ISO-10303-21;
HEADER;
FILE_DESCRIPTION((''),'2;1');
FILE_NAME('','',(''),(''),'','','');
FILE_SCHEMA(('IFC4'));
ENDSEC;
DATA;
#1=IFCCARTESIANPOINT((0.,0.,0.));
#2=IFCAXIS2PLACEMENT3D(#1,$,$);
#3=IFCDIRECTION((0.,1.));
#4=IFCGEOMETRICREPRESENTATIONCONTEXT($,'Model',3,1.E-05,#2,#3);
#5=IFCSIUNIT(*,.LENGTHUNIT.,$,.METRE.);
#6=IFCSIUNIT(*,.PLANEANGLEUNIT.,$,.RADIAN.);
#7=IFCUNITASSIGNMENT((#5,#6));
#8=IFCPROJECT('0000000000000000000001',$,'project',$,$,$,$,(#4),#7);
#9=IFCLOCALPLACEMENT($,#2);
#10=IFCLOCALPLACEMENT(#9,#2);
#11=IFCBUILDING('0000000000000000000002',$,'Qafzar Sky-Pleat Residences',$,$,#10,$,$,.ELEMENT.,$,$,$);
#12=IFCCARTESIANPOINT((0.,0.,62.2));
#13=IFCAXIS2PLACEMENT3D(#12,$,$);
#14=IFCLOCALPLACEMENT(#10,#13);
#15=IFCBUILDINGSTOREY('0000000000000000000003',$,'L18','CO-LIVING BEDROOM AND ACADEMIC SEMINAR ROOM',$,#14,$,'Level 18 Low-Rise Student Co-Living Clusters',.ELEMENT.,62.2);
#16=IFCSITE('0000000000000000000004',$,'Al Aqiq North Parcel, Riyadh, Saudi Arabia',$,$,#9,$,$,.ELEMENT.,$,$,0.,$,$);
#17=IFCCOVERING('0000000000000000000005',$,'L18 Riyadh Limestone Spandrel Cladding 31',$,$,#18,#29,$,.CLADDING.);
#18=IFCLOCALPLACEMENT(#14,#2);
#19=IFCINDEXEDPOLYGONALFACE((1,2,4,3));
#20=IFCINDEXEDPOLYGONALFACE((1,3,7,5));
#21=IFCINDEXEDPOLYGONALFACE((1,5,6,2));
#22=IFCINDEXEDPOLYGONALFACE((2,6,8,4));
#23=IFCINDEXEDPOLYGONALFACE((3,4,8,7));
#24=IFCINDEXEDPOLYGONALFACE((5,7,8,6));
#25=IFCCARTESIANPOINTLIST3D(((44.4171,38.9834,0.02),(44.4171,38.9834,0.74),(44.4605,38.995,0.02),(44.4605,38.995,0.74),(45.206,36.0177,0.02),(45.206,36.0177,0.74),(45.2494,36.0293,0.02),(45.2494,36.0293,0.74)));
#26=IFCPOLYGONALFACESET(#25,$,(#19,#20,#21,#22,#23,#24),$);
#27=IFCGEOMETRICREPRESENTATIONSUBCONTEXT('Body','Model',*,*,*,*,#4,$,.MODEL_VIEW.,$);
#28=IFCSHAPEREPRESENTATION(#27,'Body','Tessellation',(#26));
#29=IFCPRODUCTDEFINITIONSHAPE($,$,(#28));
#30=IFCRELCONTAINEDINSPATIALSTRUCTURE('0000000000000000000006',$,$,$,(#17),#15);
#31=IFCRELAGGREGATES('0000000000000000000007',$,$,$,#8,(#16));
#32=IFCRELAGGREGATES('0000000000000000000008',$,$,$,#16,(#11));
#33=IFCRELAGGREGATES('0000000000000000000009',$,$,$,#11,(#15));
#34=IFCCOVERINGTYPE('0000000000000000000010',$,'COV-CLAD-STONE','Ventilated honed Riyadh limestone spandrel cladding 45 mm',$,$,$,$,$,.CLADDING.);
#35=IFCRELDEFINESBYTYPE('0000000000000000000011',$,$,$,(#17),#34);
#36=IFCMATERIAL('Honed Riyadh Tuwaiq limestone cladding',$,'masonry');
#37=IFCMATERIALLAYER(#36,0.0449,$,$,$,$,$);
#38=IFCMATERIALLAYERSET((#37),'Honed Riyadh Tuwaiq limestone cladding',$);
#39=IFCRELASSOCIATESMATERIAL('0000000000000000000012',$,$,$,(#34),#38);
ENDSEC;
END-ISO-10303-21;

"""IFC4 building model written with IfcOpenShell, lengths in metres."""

from ifc_helpers import new_model, si_unit, direction, frame, origin, origin_2d, place, context, subcontext, project, spatial, rectangle, extrude, source, transform, mapped, material, layer, layer_set, type_object, element, save


model = new_model("IFC4")

# Units and contexts
model_context = context("Model", 3, precision=1e-05, world=origin(), true_north=direction((0.0, 1.0)))
body_context = subcontext(model_context, "Body", "Model", "MODEL_VIEW")
ifc_project = project(units=[si_unit("LENGTHUNIT", "METRE"), si_unit("PLANEANGLEUNIT", "RADIAN")], contexts=[model_context])

# Site, building, storey
site_placement = place(None, origin())
site = spatial("IfcSite", under=ifc_project, at=site_placement, Name="Al Aqiq North Parcel, Riyadh, Saudi Arabia", CompositionType="ELEMENT", RefElevation=0.0)
building_placement = place(site_placement, origin())
building = spatial("IfcBuilding", under=site, at=building_placement, Name="Qafzar Sky-Pleat Residences", CompositionType="ELEMENT")
storey_placement = place(building_placement, frame((0.0, 0.0, 62.2)))
storey = spatial("IfcBuildingStorey", under=building, at=storey_placement, Name="L18", Description="CO-LIVING BEDROOM AND ACADEMIC SEMINAR ROOM", LongName="Level 18 Low-Rise Student Co-Living Clusters", CompositionType="ELEMENT", Elevation=62.2)

# Covering
ifc_material_1 = material(Name="Honed Riyadh Tuwaiq limestone cladding", Category="masonry")
ifc_layer_1 = layer(ifc_material_1, 0.0449)
ifc_layer_set_1 = layer_set([ifc_layer_1], Name="Honed Riyadh Tuwaiq limestone cladding")
covering_type = type_object("IfcCoveringType", Name="COV-CLAD-STONE", Description="Ventilated honed Riyadh limestone spandrel cladding 45 mm", PredefinedType="CLADDING", material=ifc_layer_set_1)
shared_shape_1 = source(origin(), body_context, "Body", "SweptSolid", [
    extrude(rectangle(XDim=3.0688, YDim=0.0449, at=origin_2d()), origin(), (0.0, 0.0, 1.0), 0.72),
])
covering_1_placement = place(storey_placement, frame((44.8333, 37.5063, 0.02), z_axis=(0.0, 0.0, 1.0), x_axis=(-0.257075, 0.966391, 0.0)))
element("IfcCovering", 1, at=covering_1_placement, inside=storey, type_object=covering_type, Name="L18 Riyadh Limestone Spandrel Cladding 31", PredefinedType="CLADDING", context=body_context, shape_type="MappedRepresentation", body=[
    mapped(shared_shape_1, transform((0.0, 0.0, 0.0), x_axis=(1.0, 0.0, 0.0), y_axis=(0.0, 1.0, 0.0), z_axis=(0.0, 0.0, 1.0), scale=1.0)),
])

save(model, "model.ifc")
